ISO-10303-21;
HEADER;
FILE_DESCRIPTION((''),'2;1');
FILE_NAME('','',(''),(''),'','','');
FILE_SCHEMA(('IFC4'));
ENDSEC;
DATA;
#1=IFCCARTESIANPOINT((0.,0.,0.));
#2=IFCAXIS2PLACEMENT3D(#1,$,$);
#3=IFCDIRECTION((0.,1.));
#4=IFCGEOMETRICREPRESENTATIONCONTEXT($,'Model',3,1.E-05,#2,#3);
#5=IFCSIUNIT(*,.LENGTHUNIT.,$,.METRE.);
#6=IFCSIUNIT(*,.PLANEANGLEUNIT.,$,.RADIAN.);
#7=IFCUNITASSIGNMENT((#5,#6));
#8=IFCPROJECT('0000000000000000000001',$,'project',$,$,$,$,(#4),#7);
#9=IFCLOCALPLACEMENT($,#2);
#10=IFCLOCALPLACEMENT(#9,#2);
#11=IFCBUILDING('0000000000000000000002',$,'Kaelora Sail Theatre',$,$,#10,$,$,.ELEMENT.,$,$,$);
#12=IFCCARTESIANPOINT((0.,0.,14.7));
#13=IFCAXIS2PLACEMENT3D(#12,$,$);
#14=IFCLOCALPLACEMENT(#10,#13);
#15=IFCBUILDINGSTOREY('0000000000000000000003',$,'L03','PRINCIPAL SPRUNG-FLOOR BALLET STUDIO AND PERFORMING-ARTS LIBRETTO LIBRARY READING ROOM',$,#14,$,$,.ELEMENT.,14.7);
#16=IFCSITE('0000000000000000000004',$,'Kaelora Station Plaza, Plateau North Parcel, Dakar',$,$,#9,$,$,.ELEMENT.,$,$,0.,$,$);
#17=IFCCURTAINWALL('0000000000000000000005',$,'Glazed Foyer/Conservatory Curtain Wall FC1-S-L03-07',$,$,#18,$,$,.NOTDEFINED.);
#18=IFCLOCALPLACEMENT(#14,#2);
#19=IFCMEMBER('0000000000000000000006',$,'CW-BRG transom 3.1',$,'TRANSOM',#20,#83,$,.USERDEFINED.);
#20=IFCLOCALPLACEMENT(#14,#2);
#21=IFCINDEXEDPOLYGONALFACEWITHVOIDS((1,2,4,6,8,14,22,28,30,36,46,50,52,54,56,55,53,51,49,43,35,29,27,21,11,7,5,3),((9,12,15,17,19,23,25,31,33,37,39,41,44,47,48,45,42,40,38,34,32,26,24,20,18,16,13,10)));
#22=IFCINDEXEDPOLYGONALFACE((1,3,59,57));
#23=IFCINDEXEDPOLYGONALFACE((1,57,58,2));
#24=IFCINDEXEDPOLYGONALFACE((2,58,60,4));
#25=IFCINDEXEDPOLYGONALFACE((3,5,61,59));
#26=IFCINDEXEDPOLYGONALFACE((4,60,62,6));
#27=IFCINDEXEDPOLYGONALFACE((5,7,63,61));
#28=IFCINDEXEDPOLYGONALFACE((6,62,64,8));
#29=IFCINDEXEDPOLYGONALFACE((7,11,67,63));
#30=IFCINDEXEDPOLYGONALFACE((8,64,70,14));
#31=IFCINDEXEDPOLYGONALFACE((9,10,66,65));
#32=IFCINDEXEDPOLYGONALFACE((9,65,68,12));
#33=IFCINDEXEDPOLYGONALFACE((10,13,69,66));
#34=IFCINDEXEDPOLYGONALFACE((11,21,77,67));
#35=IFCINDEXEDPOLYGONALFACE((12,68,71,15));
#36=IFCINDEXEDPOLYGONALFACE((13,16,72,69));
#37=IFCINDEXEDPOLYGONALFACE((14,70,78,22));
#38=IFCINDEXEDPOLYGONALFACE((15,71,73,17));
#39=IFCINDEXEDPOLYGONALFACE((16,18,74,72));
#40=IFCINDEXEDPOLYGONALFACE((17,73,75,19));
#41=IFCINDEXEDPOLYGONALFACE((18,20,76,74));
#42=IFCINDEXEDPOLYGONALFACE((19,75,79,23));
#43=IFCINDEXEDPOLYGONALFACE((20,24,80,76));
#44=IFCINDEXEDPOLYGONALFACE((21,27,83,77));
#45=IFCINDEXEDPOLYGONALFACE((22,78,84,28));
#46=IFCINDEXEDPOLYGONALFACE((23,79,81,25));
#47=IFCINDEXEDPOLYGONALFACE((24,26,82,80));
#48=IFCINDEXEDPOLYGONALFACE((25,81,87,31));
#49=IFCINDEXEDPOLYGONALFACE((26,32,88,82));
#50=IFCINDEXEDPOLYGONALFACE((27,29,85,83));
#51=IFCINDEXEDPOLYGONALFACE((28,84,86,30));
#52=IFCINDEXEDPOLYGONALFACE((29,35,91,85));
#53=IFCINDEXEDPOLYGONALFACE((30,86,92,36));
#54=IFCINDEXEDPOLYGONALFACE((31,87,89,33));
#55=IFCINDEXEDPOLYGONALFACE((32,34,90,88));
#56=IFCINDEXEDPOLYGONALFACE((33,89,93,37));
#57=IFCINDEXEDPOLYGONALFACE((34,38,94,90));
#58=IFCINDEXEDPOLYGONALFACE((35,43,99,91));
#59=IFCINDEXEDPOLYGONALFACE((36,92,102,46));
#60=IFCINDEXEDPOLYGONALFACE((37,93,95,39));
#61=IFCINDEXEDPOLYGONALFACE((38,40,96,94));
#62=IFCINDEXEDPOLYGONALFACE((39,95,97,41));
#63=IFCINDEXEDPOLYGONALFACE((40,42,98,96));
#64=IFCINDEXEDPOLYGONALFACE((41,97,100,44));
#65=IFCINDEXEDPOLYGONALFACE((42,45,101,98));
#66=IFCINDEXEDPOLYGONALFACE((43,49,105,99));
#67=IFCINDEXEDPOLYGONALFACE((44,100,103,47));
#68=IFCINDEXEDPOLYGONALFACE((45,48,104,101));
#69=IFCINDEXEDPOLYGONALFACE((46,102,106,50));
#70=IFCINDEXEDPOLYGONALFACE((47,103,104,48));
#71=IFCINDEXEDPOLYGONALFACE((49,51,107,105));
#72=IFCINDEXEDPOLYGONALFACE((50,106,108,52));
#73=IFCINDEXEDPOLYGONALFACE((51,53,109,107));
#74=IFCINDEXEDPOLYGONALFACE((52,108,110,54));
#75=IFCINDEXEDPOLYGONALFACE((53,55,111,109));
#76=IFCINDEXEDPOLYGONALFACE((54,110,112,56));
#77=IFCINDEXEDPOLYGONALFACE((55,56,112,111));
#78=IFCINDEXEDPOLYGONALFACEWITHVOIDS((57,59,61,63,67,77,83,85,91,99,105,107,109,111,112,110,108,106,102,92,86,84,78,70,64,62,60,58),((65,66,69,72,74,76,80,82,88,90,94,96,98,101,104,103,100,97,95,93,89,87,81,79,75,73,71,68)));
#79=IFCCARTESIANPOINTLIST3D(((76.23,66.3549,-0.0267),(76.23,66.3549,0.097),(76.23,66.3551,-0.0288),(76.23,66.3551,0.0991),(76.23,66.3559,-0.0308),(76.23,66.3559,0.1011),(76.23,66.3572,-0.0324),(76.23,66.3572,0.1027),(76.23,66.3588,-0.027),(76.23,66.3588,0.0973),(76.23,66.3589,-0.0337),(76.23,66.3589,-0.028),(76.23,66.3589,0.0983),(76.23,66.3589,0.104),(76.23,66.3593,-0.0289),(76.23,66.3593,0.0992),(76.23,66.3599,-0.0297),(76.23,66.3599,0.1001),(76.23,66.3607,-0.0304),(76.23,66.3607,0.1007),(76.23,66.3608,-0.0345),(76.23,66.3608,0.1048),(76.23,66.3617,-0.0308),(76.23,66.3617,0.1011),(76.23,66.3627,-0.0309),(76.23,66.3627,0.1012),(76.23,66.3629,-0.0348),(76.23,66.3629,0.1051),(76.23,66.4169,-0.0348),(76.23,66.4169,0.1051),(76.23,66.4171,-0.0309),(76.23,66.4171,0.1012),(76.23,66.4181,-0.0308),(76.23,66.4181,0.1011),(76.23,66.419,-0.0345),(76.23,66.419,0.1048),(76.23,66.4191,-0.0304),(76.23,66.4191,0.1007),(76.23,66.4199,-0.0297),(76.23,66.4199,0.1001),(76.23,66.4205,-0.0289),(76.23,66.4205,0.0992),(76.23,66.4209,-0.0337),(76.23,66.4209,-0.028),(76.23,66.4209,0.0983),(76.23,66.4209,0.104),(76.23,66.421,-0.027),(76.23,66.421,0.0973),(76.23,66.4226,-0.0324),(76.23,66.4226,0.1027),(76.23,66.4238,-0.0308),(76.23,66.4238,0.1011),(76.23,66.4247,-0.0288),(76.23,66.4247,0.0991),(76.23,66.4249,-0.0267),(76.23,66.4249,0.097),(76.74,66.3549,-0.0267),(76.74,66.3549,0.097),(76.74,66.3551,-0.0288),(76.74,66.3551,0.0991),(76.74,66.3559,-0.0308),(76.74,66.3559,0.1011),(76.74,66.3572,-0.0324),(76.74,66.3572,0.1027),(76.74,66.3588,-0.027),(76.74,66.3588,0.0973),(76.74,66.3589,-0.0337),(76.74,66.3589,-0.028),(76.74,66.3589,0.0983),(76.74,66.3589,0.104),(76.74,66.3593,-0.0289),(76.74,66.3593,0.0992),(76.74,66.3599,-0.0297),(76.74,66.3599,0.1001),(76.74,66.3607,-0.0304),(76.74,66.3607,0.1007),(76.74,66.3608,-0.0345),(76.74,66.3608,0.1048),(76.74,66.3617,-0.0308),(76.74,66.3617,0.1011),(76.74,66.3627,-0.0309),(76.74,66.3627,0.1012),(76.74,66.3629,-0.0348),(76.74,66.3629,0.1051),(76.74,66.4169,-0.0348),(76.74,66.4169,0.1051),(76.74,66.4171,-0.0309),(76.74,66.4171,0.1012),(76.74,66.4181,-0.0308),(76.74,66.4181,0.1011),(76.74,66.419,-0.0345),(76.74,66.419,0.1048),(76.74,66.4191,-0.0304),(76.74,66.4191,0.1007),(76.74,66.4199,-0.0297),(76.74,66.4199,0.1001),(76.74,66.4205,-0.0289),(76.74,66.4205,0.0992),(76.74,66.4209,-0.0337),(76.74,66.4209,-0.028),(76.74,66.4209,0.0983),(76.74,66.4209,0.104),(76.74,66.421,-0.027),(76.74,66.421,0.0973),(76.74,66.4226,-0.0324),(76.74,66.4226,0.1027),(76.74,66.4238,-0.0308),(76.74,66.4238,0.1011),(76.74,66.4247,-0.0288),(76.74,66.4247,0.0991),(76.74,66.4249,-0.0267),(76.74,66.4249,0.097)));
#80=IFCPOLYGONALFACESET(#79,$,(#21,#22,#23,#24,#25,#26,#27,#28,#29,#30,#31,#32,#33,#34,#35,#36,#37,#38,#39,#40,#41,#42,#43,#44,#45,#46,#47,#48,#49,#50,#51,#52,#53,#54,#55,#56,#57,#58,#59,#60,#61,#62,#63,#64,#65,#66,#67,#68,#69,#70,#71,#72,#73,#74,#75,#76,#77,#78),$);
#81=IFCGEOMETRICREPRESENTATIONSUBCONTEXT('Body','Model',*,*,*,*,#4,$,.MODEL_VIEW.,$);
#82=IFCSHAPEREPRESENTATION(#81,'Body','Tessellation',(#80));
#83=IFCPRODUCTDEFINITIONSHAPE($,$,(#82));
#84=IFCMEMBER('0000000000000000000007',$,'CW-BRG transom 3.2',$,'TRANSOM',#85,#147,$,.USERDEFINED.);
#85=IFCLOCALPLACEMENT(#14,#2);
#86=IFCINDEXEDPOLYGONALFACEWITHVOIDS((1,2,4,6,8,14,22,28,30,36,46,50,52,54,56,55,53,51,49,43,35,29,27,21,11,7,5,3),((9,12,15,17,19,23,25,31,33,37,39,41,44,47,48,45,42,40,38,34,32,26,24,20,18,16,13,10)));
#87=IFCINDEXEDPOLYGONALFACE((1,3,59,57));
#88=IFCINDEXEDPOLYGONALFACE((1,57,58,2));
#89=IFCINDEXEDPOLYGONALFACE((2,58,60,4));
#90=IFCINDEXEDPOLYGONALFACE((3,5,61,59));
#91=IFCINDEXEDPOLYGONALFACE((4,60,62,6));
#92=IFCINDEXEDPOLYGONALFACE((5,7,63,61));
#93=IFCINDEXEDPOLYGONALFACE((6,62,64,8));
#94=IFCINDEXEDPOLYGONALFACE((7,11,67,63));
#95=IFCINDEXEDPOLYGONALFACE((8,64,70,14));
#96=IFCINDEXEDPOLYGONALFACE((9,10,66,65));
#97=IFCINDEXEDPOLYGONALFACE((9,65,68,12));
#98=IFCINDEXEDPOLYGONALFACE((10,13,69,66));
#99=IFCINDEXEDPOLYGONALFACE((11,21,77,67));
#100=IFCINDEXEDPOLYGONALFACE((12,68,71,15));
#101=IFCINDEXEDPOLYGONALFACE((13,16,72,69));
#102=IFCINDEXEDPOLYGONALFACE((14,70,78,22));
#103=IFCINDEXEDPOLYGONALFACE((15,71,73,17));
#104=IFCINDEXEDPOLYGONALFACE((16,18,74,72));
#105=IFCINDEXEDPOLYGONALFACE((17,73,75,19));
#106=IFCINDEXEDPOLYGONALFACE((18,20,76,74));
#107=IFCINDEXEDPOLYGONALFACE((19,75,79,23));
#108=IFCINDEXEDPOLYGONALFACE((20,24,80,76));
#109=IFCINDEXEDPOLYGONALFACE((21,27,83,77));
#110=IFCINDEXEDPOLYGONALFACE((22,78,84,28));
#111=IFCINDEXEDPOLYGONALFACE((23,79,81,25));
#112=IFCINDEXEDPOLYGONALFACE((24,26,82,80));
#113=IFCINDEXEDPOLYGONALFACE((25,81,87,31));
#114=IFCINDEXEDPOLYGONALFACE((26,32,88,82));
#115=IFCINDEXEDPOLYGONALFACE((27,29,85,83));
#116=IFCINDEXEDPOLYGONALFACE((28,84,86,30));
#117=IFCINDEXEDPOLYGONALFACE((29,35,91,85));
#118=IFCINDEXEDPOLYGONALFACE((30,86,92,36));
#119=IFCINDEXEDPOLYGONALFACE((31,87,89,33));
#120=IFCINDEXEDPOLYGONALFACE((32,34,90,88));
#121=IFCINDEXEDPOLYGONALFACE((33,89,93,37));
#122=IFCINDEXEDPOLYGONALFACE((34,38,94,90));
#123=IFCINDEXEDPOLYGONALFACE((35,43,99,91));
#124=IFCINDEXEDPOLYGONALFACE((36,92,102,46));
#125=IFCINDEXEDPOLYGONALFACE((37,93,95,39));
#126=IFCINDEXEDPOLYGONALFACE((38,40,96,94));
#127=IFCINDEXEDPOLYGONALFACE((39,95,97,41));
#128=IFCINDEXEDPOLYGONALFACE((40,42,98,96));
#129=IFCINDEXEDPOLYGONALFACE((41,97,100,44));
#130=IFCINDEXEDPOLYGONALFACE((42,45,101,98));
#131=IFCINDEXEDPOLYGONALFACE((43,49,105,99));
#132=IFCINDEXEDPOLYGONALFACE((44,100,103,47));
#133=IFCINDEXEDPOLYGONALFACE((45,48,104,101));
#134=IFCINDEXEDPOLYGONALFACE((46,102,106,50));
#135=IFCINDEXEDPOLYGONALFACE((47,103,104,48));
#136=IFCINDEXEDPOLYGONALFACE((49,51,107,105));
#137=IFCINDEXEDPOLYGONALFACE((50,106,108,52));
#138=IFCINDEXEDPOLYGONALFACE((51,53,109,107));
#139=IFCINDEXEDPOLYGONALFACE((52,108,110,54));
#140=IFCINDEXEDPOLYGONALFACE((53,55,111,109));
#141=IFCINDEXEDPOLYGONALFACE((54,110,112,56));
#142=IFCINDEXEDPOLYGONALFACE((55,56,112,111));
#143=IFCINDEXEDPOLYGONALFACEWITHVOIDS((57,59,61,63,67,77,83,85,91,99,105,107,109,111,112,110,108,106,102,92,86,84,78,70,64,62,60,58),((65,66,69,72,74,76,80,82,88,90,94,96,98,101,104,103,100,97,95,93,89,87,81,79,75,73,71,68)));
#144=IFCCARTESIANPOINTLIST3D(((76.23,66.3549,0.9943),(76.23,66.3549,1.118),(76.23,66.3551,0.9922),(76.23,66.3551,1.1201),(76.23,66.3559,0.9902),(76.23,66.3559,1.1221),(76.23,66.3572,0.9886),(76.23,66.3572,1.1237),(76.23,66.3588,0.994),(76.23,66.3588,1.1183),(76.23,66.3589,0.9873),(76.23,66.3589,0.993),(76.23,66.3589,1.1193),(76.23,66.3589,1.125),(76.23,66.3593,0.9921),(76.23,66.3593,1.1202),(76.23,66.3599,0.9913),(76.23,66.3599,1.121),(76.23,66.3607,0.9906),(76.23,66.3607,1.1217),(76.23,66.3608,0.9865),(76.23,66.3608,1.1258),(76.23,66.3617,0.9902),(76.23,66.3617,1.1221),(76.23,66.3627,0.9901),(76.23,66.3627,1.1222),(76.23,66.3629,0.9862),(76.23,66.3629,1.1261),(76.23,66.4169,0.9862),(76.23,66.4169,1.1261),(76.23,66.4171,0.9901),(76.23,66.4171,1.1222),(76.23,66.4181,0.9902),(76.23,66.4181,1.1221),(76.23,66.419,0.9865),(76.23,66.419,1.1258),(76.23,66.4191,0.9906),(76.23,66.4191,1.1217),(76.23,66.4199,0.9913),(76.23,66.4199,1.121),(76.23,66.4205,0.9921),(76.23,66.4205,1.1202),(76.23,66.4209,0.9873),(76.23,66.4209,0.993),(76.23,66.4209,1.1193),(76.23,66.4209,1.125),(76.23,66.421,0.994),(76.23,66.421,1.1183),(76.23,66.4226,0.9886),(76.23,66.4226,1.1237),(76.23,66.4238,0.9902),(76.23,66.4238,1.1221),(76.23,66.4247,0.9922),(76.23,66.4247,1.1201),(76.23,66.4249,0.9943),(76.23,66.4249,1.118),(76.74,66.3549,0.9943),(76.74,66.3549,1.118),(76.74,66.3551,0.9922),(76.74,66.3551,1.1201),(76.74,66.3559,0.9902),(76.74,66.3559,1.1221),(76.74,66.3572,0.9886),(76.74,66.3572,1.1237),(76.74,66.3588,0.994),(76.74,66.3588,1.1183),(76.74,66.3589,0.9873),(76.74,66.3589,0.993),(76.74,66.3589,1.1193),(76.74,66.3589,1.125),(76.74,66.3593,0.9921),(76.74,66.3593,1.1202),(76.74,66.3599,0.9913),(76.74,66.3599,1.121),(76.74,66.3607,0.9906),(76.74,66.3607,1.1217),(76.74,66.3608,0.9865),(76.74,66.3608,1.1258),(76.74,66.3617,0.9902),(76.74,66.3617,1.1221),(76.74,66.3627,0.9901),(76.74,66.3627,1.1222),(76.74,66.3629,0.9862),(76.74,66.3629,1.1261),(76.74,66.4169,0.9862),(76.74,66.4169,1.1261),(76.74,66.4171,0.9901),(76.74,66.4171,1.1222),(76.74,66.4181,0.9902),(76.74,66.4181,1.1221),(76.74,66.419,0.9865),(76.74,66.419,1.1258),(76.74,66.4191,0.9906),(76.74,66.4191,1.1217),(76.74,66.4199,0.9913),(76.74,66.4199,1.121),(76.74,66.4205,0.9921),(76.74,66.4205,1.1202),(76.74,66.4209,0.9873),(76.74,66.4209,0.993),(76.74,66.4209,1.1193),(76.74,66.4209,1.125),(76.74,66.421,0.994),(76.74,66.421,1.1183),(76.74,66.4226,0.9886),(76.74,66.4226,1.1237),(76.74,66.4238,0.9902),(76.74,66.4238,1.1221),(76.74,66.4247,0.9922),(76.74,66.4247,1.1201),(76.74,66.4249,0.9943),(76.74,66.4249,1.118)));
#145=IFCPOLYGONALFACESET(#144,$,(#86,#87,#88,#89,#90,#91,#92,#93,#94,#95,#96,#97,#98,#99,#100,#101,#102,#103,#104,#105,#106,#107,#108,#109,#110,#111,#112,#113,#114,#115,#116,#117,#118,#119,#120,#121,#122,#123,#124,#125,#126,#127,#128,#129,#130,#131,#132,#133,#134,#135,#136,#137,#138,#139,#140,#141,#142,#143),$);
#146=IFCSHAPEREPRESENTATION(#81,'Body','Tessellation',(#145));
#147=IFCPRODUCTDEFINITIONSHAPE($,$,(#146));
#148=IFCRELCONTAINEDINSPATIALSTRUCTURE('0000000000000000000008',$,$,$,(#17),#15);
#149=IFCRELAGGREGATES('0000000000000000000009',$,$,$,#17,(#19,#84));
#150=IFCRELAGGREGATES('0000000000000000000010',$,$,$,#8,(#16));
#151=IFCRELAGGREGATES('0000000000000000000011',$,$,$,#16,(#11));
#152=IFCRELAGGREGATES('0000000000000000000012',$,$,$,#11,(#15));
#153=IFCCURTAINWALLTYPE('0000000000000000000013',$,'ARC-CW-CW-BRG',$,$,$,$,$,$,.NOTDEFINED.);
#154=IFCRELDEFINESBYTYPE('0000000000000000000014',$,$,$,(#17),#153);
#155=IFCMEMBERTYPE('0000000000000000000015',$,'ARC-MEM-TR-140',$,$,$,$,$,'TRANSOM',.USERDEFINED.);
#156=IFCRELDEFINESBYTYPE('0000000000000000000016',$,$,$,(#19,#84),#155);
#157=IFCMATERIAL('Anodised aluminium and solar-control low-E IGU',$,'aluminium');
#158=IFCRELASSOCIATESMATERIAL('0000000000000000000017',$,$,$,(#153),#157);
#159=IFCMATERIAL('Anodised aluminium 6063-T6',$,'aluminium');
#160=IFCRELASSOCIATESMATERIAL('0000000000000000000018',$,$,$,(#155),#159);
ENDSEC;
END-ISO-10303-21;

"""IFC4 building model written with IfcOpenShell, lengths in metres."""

from ifc_helpers import new_model, si_unit, direction, frame, origin, origin_2d, place, context, subcontext, project, spatial, hollow_rectangle, extrude, material, material_profile, profile_set, type_object, element, aggregate, save


model = new_model("IFC4")

# Units and contexts
model_context = context("Model", 3, precision=1e-05, world=origin(), true_north=direction((0.0, 1.0)))
body_context = subcontext(model_context, "Body", "Model", "MODEL_VIEW")
ifc_project = project(units=[si_unit("LENGTHUNIT", "METRE"), si_unit("PLANEANGLEUNIT", "RADIAN")], contexts=[model_context])

# Site, building, storey
site_placement = place(None, origin())
site = spatial("IfcSite", under=ifc_project, at=site_placement, Name="Kaelora Station Plaza, Plateau North Parcel, Dakar", CompositionType="ELEMENT", RefElevation=0.0)
building_placement = place(site_placement, origin())
building = spatial("IfcBuilding", under=site, at=building_placement, Name="Kaelora Sail Theatre", CompositionType="ELEMENT")
storey_placement = place(building_placement, frame((0.0, 0.0, 14.7)))
storey = spatial("IfcBuildingStorey", under=building, at=storey_placement, Name="L03", Description="PRINCIPAL SPRUNG-FLOOR BALLET STUDIO AND PERFORMING-ARTS LIBRETTO LIBRARY READING ROOM", CompositionType="ELEMENT", Elevation=14.7)

# Curtain wall
ifc_material_1 = material(Name="Anodised aluminium and solar-control low-E IGU", Category="aluminium")
curtain_wall_type = type_object("IfcCurtainWallType", Name="ARC-CW-CW-BRG", PredefinedType="NOTDEFINED", material=ifc_material_1)
curtain_wall_1_placement = place(storey_placement, origin())
curtain_wall_1 = element("IfcCurtainWall", 1, at=curtain_wall_1_placement, inside=storey, type_object=curtain_wall_type, Name="Glazed Foyer/Conservatory Curtain Wall FC1-S-L03-07", PredefinedType="NOTDEFINED")

# Members
ifc_material_2 = material(Name="Anodised aluminium 6063-T6", Category="aluminium")
ifc_material_profile_1 = material_profile(ifc_material_2, hollow_rectangle(XDim=0.0701, YDim=0.1399, WallThickness=0.0039, InnerFilletRadius=0.0039, OuterFilletRadius=0.0081, at=origin_2d()), Name="ALU-TRAN 70x140x4")
ifc_profile_set_1 = profile_set([ifc_material_profile_1], Name="Anodised aluminium 6063-T6")
member_type_1 = type_object("IfcMemberType", Name="ARC-MEM-TR-140", ElementType="TRANSOM", PredefinedType="USERDEFINED", material=ifc_profile_set_1)
member_1_placement = place(storey_placement, frame((76.23, 66.3899, 0.0352), z_axis=(1.0, 0.0, 0.0), x_axis=(0.0, 1.0, 0.0)))
member_1 = element("IfcMember", 2, at=member_1_placement, type_object=member_type_1, Name="CW-BRG transom 3.1", ObjectType="TRANSOM", PredefinedType="USERDEFINED", context=body_context, shape_type="SweptSolid", body=[
    extrude(hollow_rectangle(XDim=0.0701, YDim=0.1399, WallThickness=0.0039, InnerFilletRadius=0.0039, OuterFilletRadius=0.0081, at=origin_2d()), origin(), (0.0, 0.0, 1.0), 0.51),
])
member_2_placement = place(storey_placement, frame((76.23, 66.3899, 1.0562), z_axis=(1.0, 0.0, 0.0), x_axis=(0.0, 1.0, 0.0)))
member_2 = element("IfcMember", 3, at=member_2_placement, type_object=member_type_1, Name="CW-BRG transom 3.2", ObjectType="TRANSOM", PredefinedType="USERDEFINED", context=body_context, shape_type="SweptSolid", body=[
    extrude(hollow_rectangle(XDim=0.0701, YDim=0.1399, WallThickness=0.0039, InnerFilletRadius=0.0039, OuterFilletRadius=0.0081, at=origin_2d()), origin(), (0.0, 0.0, 1.0), 0.51),
])

aggregate(curtain_wall_1, [member_1, member_2])

save(model, "model.ifc")
